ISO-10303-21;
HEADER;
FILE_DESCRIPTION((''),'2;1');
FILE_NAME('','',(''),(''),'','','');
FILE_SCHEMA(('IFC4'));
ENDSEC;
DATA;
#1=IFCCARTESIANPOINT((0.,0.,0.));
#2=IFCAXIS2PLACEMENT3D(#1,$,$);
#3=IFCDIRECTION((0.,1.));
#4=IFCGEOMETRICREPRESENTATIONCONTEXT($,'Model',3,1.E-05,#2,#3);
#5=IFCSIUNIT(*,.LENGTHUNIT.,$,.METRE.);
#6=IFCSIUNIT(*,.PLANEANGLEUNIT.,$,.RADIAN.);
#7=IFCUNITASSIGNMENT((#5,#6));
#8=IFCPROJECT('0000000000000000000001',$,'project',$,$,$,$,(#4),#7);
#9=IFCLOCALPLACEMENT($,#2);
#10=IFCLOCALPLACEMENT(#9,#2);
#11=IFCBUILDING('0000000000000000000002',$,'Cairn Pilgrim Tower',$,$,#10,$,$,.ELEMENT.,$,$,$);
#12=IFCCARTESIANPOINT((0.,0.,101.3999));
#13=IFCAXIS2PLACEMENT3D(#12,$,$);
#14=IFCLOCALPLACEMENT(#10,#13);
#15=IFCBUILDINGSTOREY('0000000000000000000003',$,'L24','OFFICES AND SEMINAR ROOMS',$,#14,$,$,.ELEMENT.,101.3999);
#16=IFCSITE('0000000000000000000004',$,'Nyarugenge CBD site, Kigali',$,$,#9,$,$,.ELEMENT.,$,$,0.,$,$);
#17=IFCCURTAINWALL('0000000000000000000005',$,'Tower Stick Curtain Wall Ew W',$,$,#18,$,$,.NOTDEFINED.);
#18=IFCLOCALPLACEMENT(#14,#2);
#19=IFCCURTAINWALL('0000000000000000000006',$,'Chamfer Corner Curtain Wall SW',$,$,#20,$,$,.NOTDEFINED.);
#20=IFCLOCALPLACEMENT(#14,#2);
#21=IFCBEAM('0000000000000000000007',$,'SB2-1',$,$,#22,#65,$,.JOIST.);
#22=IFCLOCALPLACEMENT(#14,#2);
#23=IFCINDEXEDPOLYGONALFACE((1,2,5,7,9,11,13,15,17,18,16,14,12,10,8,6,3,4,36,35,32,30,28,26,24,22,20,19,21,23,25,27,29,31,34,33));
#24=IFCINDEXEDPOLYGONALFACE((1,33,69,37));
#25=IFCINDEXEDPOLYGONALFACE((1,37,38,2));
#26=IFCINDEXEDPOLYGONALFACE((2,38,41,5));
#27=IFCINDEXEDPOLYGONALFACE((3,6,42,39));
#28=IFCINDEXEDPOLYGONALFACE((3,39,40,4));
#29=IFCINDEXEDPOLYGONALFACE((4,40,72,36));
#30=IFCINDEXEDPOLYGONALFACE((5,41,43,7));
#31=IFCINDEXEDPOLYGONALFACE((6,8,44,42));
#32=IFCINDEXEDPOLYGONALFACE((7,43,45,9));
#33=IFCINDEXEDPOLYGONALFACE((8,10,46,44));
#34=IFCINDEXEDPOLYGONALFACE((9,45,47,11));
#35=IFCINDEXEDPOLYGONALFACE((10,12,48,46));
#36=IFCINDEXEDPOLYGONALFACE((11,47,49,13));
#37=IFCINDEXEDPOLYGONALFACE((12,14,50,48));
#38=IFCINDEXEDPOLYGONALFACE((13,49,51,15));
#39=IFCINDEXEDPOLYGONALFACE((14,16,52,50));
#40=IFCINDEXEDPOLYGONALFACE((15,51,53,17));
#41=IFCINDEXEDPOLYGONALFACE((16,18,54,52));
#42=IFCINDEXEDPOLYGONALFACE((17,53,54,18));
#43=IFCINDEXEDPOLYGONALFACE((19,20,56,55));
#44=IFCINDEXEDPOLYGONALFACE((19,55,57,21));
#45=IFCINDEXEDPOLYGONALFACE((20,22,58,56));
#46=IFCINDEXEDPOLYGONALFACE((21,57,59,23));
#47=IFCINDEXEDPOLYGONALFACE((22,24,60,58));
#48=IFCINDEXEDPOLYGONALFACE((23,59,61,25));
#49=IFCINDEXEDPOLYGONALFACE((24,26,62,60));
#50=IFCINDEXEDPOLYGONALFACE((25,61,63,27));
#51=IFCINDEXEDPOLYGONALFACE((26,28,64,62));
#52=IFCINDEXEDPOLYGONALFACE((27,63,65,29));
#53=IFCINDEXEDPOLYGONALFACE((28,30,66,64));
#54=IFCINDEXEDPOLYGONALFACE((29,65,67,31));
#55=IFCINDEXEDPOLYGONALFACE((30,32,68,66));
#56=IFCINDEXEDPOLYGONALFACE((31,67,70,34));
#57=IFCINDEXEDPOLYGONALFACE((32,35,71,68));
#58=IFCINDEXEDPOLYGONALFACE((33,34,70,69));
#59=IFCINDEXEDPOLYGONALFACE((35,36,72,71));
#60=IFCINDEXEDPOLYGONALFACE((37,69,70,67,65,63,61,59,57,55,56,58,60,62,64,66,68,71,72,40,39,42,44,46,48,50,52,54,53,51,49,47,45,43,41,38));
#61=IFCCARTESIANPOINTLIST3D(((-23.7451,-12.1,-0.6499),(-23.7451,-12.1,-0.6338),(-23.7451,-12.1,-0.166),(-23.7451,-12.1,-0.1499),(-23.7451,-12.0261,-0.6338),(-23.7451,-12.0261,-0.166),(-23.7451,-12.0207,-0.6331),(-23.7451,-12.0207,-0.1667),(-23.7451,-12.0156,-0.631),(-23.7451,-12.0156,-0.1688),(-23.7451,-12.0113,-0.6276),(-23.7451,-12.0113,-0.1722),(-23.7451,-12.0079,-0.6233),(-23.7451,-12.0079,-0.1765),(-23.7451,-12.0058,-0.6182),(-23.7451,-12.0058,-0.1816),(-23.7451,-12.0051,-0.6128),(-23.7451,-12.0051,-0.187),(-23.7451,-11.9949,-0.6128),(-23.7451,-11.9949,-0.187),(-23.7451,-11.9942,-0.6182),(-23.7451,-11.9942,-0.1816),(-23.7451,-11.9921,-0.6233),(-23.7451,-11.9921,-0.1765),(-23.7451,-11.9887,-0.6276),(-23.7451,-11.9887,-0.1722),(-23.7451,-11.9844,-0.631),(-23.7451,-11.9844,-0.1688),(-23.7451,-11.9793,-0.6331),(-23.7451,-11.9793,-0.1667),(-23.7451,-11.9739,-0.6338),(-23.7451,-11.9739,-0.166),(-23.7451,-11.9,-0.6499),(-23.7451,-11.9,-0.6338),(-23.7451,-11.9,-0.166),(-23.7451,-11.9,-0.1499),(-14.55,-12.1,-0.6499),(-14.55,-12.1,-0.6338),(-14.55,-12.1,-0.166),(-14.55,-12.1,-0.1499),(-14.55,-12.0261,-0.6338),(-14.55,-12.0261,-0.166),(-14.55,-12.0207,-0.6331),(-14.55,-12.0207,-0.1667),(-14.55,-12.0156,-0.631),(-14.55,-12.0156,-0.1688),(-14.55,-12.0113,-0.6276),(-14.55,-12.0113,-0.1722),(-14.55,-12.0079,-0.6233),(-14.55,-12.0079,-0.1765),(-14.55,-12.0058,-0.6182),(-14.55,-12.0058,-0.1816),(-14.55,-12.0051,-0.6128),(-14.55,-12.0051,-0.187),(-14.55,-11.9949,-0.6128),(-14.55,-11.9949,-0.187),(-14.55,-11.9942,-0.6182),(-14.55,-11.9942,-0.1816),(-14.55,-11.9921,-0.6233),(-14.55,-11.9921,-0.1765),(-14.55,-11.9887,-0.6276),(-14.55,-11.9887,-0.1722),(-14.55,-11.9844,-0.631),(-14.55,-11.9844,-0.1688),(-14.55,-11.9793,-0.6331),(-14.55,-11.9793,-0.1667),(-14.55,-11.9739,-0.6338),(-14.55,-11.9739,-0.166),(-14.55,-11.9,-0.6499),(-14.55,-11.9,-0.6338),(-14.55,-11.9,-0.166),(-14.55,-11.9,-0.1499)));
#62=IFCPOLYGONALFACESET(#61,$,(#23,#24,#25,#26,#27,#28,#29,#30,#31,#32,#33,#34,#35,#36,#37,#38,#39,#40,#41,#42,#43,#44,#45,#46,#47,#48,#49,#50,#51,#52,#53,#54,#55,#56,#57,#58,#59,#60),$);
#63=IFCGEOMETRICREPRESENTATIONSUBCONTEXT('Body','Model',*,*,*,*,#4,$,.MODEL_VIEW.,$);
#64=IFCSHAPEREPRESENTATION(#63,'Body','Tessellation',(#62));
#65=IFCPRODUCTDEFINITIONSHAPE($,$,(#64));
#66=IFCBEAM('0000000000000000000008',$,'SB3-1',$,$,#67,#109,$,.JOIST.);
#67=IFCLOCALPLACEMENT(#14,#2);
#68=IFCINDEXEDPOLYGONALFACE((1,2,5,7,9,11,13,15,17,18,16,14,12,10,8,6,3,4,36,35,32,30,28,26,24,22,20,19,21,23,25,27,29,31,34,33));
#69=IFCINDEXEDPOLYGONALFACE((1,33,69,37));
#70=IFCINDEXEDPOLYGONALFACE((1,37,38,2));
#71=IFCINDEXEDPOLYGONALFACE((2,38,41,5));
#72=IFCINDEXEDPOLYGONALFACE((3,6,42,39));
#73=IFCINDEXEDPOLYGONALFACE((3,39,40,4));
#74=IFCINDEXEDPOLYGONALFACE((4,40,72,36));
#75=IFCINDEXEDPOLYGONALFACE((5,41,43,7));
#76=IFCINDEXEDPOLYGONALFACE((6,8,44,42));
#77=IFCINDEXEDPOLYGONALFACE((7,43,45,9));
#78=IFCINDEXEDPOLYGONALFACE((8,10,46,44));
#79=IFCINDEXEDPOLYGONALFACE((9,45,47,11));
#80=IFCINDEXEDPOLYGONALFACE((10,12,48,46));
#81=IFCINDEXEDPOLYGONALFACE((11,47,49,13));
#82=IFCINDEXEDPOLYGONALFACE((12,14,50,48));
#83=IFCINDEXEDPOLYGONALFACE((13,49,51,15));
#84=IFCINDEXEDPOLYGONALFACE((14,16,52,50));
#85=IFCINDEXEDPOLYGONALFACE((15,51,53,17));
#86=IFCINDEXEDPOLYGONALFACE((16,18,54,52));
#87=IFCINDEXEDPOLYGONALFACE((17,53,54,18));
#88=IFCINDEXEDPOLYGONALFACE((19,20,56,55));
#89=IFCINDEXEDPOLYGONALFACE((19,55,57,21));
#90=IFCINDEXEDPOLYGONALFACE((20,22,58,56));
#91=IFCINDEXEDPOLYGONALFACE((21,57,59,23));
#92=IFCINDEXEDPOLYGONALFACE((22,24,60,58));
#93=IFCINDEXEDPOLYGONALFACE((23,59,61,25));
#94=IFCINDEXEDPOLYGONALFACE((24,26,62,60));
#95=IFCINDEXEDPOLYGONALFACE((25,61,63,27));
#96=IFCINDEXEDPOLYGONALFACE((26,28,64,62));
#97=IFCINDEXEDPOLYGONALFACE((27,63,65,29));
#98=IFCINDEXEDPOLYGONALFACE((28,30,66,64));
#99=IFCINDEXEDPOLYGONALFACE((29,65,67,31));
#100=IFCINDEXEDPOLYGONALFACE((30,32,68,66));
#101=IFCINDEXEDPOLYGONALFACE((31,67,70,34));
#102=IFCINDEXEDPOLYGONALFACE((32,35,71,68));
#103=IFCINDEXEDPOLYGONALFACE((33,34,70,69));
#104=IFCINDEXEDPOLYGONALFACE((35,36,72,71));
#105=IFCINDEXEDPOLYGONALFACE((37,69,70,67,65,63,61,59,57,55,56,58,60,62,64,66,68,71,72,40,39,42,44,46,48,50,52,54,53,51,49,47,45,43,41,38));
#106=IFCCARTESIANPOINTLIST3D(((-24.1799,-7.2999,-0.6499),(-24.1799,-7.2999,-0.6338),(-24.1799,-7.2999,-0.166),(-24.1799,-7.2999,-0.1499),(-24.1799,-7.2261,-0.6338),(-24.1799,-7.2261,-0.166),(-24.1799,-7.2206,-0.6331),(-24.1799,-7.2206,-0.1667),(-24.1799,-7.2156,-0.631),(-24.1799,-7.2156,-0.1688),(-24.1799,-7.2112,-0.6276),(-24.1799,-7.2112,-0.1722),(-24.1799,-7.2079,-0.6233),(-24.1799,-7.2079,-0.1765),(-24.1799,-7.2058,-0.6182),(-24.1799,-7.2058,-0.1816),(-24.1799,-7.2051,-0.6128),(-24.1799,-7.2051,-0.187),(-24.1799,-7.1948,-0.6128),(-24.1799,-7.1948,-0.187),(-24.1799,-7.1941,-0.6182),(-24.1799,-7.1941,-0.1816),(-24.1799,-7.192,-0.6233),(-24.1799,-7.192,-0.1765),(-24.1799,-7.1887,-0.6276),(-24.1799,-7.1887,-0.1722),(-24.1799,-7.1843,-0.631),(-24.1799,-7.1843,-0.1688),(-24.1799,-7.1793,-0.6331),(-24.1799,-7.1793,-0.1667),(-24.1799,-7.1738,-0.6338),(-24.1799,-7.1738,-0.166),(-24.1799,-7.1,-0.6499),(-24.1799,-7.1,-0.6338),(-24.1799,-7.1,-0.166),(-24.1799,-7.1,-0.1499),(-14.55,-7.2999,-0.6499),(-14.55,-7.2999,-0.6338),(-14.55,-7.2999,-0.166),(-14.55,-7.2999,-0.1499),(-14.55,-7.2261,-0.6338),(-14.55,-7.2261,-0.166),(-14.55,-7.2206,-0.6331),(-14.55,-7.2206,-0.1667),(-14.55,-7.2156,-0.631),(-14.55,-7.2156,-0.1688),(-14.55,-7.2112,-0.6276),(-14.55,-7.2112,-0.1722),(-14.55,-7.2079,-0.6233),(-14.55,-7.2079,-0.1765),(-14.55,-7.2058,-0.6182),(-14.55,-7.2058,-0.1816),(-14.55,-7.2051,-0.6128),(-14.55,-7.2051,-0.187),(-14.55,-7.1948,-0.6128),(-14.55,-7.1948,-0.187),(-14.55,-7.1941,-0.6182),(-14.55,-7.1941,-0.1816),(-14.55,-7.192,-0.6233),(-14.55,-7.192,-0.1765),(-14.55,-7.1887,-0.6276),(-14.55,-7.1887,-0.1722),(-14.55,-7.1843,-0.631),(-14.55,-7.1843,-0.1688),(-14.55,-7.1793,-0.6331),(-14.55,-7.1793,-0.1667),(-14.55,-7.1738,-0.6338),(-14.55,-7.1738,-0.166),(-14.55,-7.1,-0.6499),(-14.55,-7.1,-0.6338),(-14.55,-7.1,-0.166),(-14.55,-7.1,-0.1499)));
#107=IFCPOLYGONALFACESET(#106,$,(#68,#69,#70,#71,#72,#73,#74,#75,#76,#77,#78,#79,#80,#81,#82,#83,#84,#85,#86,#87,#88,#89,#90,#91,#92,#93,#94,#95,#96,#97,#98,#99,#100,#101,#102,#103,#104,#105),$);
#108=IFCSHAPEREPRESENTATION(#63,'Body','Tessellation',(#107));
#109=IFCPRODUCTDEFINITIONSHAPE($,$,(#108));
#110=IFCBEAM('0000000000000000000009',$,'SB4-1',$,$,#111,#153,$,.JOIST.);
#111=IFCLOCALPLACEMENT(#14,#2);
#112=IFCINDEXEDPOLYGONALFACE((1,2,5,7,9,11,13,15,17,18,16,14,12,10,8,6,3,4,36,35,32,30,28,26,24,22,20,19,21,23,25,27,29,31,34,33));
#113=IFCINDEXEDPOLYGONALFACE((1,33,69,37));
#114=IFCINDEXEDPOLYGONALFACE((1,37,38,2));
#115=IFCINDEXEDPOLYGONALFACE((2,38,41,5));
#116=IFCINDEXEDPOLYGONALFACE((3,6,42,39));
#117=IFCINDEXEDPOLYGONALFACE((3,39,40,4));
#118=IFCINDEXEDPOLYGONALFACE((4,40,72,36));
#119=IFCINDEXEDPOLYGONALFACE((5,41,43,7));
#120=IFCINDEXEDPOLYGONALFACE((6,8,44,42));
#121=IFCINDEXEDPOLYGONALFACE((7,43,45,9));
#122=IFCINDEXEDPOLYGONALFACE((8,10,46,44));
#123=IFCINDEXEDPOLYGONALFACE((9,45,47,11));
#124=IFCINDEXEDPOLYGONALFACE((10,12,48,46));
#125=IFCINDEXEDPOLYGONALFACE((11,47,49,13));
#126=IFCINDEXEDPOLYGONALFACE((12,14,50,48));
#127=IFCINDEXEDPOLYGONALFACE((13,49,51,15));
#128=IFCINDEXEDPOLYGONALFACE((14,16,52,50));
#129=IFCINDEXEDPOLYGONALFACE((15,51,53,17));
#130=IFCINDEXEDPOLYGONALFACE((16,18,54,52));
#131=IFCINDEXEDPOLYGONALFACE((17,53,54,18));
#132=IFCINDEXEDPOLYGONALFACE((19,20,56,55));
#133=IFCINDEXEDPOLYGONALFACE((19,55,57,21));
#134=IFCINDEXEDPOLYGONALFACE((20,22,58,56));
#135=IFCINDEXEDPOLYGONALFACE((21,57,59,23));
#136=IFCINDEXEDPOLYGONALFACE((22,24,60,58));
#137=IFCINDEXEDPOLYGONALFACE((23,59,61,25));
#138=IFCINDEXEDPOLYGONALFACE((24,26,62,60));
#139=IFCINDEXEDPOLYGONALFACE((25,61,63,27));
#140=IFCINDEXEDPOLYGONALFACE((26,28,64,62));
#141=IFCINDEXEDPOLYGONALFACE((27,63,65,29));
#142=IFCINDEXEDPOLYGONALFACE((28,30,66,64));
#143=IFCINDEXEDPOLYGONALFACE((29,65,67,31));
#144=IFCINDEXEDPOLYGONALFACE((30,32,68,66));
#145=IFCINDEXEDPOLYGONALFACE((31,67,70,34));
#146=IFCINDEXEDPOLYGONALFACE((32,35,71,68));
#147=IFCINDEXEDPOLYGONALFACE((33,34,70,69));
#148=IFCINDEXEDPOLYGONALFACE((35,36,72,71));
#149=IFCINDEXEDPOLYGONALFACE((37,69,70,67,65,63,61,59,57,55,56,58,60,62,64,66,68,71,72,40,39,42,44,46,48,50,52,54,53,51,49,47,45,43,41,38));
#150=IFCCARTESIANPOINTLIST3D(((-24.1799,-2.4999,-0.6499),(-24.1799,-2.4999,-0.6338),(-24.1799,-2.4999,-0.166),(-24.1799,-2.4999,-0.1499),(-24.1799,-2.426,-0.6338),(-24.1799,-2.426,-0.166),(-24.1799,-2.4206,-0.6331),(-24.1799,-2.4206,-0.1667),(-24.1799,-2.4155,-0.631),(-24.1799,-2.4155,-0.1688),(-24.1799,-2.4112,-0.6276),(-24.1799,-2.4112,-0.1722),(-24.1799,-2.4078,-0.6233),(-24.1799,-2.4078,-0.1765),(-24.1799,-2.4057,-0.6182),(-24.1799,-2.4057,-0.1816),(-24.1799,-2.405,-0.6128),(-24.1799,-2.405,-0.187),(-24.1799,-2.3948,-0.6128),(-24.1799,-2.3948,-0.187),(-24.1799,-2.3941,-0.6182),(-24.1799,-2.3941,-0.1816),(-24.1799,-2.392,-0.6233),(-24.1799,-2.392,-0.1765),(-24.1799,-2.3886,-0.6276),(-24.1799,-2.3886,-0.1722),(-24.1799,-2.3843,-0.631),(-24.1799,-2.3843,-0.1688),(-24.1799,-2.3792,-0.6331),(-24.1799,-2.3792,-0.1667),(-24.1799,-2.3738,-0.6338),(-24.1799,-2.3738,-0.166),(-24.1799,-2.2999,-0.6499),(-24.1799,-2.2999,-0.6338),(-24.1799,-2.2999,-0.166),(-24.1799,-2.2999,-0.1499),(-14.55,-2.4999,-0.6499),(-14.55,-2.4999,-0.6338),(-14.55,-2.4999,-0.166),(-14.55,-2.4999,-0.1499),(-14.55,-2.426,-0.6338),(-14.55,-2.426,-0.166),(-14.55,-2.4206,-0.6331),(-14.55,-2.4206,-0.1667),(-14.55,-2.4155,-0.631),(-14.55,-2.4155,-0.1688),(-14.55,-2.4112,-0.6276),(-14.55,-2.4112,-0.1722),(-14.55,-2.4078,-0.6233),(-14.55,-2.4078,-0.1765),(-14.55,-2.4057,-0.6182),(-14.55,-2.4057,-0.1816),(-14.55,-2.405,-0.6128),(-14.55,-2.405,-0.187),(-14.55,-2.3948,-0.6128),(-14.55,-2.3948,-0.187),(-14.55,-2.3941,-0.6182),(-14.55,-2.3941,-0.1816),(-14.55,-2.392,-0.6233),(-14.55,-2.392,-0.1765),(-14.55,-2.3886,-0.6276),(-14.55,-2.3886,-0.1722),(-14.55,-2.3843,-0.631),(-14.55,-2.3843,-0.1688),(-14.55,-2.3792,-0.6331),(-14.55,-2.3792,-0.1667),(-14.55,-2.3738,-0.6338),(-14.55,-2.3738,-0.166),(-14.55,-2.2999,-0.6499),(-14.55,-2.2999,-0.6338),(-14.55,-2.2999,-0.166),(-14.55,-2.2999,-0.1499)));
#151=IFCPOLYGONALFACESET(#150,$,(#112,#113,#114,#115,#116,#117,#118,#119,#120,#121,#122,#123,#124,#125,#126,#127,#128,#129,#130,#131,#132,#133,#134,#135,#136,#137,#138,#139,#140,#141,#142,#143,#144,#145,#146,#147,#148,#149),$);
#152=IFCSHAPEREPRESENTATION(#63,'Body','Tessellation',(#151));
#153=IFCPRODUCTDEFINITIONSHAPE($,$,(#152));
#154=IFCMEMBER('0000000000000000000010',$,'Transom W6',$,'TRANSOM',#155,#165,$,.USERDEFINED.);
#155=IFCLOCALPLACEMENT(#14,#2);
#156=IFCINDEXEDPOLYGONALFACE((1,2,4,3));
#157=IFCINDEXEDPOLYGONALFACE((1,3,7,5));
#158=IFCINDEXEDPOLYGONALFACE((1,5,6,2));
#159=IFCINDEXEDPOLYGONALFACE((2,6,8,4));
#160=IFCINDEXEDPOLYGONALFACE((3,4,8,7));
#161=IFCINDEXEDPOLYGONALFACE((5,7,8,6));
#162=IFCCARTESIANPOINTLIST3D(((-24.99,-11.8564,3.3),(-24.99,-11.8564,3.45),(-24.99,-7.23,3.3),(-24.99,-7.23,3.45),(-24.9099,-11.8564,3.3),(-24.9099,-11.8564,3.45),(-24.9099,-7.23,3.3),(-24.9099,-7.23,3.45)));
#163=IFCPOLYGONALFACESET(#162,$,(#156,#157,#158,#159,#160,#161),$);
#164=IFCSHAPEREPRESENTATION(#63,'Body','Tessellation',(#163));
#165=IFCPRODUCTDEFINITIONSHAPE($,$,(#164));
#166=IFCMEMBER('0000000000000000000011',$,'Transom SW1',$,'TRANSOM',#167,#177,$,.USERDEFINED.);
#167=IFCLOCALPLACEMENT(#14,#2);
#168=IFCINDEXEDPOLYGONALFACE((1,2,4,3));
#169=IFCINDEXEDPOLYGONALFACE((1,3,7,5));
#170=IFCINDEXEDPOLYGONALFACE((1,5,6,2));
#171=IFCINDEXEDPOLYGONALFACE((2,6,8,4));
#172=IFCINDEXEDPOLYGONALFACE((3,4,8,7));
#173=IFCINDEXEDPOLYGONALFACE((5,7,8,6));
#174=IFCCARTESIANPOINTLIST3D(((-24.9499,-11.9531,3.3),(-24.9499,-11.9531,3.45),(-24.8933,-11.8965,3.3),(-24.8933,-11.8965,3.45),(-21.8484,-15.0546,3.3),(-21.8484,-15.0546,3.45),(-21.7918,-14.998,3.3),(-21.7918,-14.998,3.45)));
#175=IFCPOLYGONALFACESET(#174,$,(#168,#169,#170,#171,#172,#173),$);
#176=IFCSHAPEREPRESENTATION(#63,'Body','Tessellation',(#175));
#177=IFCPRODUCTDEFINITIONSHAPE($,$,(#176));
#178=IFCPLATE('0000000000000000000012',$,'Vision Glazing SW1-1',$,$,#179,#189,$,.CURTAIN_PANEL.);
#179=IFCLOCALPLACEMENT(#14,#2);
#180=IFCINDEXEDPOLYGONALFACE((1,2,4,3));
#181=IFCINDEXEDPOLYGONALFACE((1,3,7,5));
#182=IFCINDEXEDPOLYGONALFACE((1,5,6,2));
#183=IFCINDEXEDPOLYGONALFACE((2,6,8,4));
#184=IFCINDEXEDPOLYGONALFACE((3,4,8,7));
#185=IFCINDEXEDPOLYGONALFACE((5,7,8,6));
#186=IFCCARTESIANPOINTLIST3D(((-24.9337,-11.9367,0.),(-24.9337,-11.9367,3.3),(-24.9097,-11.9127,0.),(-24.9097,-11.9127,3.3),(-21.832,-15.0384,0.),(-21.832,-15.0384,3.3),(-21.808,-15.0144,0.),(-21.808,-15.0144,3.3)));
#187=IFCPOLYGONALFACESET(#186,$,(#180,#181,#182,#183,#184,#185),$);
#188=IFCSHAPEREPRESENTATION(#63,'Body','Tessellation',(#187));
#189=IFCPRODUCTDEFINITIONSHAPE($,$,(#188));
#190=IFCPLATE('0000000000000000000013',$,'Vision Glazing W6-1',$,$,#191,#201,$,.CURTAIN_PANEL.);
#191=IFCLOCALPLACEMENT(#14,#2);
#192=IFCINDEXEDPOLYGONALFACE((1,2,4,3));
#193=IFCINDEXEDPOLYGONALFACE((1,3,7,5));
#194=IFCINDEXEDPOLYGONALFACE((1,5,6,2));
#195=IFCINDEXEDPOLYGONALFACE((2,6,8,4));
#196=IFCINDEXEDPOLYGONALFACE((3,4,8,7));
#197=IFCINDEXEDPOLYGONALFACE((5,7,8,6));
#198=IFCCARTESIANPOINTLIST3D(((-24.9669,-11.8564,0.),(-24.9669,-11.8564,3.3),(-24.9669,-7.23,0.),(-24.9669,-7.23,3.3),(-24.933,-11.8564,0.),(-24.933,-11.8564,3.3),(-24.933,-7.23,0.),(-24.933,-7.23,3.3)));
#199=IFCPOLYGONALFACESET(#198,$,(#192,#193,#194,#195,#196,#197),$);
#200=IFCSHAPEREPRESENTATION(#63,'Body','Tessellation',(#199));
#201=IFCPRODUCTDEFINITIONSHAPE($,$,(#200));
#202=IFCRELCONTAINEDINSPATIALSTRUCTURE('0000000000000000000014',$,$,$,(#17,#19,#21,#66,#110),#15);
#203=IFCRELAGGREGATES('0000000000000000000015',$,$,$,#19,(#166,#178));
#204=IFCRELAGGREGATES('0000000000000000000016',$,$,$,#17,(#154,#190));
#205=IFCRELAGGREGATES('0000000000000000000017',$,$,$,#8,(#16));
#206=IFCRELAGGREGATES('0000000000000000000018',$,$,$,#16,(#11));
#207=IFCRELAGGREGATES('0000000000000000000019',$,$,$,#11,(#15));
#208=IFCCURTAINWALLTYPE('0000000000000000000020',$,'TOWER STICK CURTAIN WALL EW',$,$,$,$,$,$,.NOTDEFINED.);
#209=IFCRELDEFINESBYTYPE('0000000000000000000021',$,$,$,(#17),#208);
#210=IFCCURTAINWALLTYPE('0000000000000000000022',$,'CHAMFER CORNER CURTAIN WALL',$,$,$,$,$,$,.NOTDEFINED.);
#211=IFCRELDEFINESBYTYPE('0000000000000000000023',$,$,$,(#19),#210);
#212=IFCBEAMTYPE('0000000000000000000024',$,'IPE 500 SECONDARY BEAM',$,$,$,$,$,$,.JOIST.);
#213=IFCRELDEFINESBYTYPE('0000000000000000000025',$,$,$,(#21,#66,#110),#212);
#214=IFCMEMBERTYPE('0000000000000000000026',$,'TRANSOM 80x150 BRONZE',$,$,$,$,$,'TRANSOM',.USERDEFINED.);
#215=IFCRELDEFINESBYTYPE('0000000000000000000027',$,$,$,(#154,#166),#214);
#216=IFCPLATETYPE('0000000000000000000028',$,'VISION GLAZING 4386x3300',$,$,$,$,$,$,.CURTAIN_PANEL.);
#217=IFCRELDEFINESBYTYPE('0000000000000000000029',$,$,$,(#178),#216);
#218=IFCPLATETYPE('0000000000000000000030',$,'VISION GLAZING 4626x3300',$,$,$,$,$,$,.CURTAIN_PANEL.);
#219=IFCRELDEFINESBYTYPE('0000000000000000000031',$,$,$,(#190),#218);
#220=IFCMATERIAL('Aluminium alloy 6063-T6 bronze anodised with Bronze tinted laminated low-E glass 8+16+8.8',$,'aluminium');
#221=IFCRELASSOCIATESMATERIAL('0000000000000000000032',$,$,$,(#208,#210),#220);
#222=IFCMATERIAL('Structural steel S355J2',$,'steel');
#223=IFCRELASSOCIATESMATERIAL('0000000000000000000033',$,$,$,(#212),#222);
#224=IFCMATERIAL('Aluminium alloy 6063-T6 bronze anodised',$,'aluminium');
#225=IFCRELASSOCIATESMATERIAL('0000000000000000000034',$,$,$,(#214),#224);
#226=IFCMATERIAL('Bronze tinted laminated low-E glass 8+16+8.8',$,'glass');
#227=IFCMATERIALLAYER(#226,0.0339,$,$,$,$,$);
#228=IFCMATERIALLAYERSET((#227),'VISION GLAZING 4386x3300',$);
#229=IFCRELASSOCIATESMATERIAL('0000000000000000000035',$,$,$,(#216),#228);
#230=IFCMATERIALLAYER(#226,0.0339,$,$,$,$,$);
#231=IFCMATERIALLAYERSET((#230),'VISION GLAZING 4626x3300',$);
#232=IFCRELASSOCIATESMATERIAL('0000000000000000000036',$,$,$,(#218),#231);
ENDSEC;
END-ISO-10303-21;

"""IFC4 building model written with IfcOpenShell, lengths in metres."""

from ifc_helpers import new_model, si_unit, direction, frame, origin, origin_2d, place, context, subcontext, project, spatial, rectangle, i_section, extrude, material, layer, layer_set, material_profile, profile_set, type_object, element, aggregate, save


model = new_model("IFC4")

# Units and contexts
model_context = context("Model", 3, precision=1e-05, world=origin(), true_north=direction((0.0, 1.0)))
body_context = subcontext(model_context, "Body", "Model", "MODEL_VIEW")
ifc_project = project(units=[si_unit("LENGTHUNIT", "METRE"), si_unit("PLANEANGLEUNIT", "RADIAN")], contexts=[model_context])

# Site, building, storey
site_placement = place(None, origin())
site = spatial("IfcSite", under=ifc_project, at=site_placement, Name="Nyarugenge CBD site, Kigali", CompositionType="ELEMENT", RefElevation=0.0)
building_placement = place(site_placement, origin())
building = spatial("IfcBuilding", under=site, at=building_placement, Name="Cairn Pilgrim Tower", CompositionType="ELEMENT")
storey_placement = place(building_placement, frame((0.0, 0.0, 101.3999)))
storey = spatial("IfcBuildingStorey", under=building, at=storey_placement, Name="L24", Description="OFFICES AND SEMINAR ROOMS", CompositionType="ELEMENT", Elevation=101.3999)

# Curtain wall
ifc_material_1 = material(Name="Aluminium alloy 6063-T6 bronze anodised with Bronze tinted laminated low-E glass 8+16+8.8", Category="aluminium")
curtain_wall_type_1 = type_object("IfcCurtainWallType", Name="TOWER STICK CURTAIN WALL EW", PredefinedType="NOTDEFINED", material=ifc_material_1)
curtain_wall_1_placement = place(storey_placement, origin())
curtain_wall_1 = element("IfcCurtainWall", 1, at=curtain_wall_1_placement, inside=storey, type_object=curtain_wall_type_1, Name="Tower Stick Curtain Wall Ew W", PredefinedType="NOTDEFINED")
ifc_material_2 = material(Name="Aluminium alloy 6063-T6 bronze anodised", Category="aluminium")

# Curtain wall
curtain_wall_type_2 = type_object("IfcCurtainWallType", Name="CHAMFER CORNER CURTAIN WALL", PredefinedType="NOTDEFINED", material=ifc_material_1)
curtain_wall_2_placement = place(storey_placement, origin())
curtain_wall_2 = element("IfcCurtainWall", 2, at=curtain_wall_2_placement, inside=storey, type_object=curtain_wall_type_2, Name="Chamfer Corner Curtain Wall SW", PredefinedType="NOTDEFINED")

# Beams
ifc_material_3 = material(Name="Structural steel S355J2", Category="steel")
ifc_material_profile_1 = material_profile(ifc_material_3, i_section(OverallWidth=0.2, OverallDepth=0.5, WebThickness=0.0103, FlangeThickness=0.0161, FilletRadius=0.021, at=origin_2d()), Name="IPE 500")
ifc_profile_set_1 = profile_set([ifc_material_profile_1], Name="Structural steel S355J2")
beam_type_1 = type_object("IfcBeamType", Name="IPE 500 SECONDARY BEAM", PredefinedType="JOIST", material=ifc_profile_set_1)
beam_1_placement = place(storey_placement, frame((-23.7451, -12.0, -0.3999), z_axis=(1.0, 0.0, 0.0), x_axis=(0.0, 1.0, 0.0)))
element("IfcBeam", 3, at=beam_1_placement, inside=storey, type_object=beam_type_1, Name="SB2-1", PredefinedType="JOIST", context=body_context, shape_type="SweptSolid", body=[
    extrude(i_section(OverallWidth=0.2, OverallDepth=0.5, WebThickness=0.0103, FlangeThickness=0.0161, FilletRadius=0.021, at=origin_2d()), origin(), (0.0, 0.0, 1.0), 9.1951),
])
for number, where, z_axis, x_axis, name in (
    (4, (-24.1799, -7.2, -0.3999), (1.0, 0.0, 0.0), (0.0, 1.0, 0.0), "SB3-1"),
    (5, (-24.1799, -2.3999, -0.3999), (1.0, 0.0, 0.0), (0.0, 1.0, 0.0), "SB4-1"),
):
    element("IfcBeam", number, at=place(storey_placement, frame(where, z_axis=z_axis, x_axis=x_axis)), inside=storey, type_object=beam_type_1, Name=name, PredefinedType="JOIST", context=body_context, shape_type="SweptSolid", body=[
        extrude(i_section(OverallWidth=0.2, OverallDepth=0.5, WebThickness=0.0103, FlangeThickness=0.0161, FilletRadius=0.021, at=origin_2d()), origin(), (0.0, 0.0, 1.0), 9.6299),
    ])

# Members
ifc_material_profile_2 = material_profile(ifc_material_2, rectangle(XDim=0.0801, YDim=0.1499, at=origin_2d()), Name="TRANSOM 80x150 BRONZE")
ifc_profile_set_2 = profile_set([ifc_material_profile_2], Name="Aluminium alloy 6063-T6 bronze anodised")
member_type_1 = type_object("IfcMemberType", Name="TRANSOM 80x150 BRONZE", ElementType="TRANSOM", PredefinedType="USERDEFINED", material=ifc_profile_set_2)
member_1_placement = place(storey_placement, frame((-24.95, -7.23, 3.375), z_axis=(0.0, -1.0, 0.0), x_axis=(1.0, 0.0, 0.0)))
member_1 = element("IfcMember", 6, at=member_1_placement, type_object=member_type_1, Name="Transom W6", ObjectType="TRANSOM", PredefinedType="USERDEFINED", context=body_context, shape_type="SweptSolid", body=[
    extrude(rectangle(XDim=0.0801, YDim=0.1499, at=origin_2d()), origin(), (0.0, 0.0, 1.0), 4.6265),
])
member_2_placement = place(storey_placement, frame((-24.9216, -11.9248, 3.375), z_axis=(0.707107, -0.707107, 0.0), x_axis=(0.707107, 0.707107, 0.0)))
member_2 = element("IfcMember", 7, at=member_2_placement, type_object=member_type_1, Name="Transom SW1", ObjectType="TRANSOM", PredefinedType="USERDEFINED", context=body_context, shape_type="SweptSolid", body=[
    extrude(rectangle(XDim=0.0801, YDim=0.1499, at=origin_2d()), origin(), (0.0, 0.0, 1.0), 4.3862),
])

# Plates
ifc_material_4 = material(Name="Bronze tinted laminated low-E glass 8+16+8.8", Category="glass")
ifc_layer_1 = layer(ifc_material_4, 0.0339)
ifc_layer_set_1 = layer_set([ifc_layer_1], Name="VISION GLAZING 4386x3300")
plate_type_1 = type_object("IfcPlateType", Name="VISION GLAZING 4386x3300", PredefinedType="CURTAIN_PANEL", material=ifc_layer_set_1)
plate_1_placement = place(storey_placement, frame((-23.3708, -13.4756, 0.0), z_axis=(0.0, 0.0, 1.0), x_axis=(0.707107, -0.707107, 0.0)))
plate_1 = element("IfcPlate", 8, at=plate_1_placement, type_object=plate_type_1, Name="Vision Glazing SW1-1", PredefinedType="CURTAIN_PANEL", context=body_context, shape_type="SweptSolid", body=[
    extrude(rectangle(XDim=4.3865, YDim=0.0339, at=origin_2d()), origin(), (0.0, 0.0, 1.0), 3.3),
])
aggregate(curtain_wall_2, [member_2, plate_1])
ifc_layer_2 = layer(ifc_material_4, 0.0339)
ifc_layer_set_2 = layer_set([ifc_layer_2], Name="VISION GLAZING 4626x3300")
plate_type_2 = type_object("IfcPlateType", Name="VISION GLAZING 4626x3300", PredefinedType="CURTAIN_PANEL", material=ifc_layer_set_2)
plate_2_placement = place(storey_placement, frame((-24.95, -9.5432, 0.0), z_axis=(0.0, 0.0, 1.0), x_axis=(0.0, -1.0, 0.0)))
plate_2 = element("IfcPlate", 9, at=plate_2_placement, type_object=plate_type_2, Name="Vision Glazing W6-1", PredefinedType="CURTAIN_PANEL", context=body_context, shape_type="SweptSolid", body=[
    extrude(rectangle(XDim=4.6265, YDim=0.0339, at=origin_2d()), origin(), (0.0, 0.0, 1.0), 3.3),
])
aggregate(curtain_wall_1, [member_1, plate_2])

save(model, "model.ifc")
